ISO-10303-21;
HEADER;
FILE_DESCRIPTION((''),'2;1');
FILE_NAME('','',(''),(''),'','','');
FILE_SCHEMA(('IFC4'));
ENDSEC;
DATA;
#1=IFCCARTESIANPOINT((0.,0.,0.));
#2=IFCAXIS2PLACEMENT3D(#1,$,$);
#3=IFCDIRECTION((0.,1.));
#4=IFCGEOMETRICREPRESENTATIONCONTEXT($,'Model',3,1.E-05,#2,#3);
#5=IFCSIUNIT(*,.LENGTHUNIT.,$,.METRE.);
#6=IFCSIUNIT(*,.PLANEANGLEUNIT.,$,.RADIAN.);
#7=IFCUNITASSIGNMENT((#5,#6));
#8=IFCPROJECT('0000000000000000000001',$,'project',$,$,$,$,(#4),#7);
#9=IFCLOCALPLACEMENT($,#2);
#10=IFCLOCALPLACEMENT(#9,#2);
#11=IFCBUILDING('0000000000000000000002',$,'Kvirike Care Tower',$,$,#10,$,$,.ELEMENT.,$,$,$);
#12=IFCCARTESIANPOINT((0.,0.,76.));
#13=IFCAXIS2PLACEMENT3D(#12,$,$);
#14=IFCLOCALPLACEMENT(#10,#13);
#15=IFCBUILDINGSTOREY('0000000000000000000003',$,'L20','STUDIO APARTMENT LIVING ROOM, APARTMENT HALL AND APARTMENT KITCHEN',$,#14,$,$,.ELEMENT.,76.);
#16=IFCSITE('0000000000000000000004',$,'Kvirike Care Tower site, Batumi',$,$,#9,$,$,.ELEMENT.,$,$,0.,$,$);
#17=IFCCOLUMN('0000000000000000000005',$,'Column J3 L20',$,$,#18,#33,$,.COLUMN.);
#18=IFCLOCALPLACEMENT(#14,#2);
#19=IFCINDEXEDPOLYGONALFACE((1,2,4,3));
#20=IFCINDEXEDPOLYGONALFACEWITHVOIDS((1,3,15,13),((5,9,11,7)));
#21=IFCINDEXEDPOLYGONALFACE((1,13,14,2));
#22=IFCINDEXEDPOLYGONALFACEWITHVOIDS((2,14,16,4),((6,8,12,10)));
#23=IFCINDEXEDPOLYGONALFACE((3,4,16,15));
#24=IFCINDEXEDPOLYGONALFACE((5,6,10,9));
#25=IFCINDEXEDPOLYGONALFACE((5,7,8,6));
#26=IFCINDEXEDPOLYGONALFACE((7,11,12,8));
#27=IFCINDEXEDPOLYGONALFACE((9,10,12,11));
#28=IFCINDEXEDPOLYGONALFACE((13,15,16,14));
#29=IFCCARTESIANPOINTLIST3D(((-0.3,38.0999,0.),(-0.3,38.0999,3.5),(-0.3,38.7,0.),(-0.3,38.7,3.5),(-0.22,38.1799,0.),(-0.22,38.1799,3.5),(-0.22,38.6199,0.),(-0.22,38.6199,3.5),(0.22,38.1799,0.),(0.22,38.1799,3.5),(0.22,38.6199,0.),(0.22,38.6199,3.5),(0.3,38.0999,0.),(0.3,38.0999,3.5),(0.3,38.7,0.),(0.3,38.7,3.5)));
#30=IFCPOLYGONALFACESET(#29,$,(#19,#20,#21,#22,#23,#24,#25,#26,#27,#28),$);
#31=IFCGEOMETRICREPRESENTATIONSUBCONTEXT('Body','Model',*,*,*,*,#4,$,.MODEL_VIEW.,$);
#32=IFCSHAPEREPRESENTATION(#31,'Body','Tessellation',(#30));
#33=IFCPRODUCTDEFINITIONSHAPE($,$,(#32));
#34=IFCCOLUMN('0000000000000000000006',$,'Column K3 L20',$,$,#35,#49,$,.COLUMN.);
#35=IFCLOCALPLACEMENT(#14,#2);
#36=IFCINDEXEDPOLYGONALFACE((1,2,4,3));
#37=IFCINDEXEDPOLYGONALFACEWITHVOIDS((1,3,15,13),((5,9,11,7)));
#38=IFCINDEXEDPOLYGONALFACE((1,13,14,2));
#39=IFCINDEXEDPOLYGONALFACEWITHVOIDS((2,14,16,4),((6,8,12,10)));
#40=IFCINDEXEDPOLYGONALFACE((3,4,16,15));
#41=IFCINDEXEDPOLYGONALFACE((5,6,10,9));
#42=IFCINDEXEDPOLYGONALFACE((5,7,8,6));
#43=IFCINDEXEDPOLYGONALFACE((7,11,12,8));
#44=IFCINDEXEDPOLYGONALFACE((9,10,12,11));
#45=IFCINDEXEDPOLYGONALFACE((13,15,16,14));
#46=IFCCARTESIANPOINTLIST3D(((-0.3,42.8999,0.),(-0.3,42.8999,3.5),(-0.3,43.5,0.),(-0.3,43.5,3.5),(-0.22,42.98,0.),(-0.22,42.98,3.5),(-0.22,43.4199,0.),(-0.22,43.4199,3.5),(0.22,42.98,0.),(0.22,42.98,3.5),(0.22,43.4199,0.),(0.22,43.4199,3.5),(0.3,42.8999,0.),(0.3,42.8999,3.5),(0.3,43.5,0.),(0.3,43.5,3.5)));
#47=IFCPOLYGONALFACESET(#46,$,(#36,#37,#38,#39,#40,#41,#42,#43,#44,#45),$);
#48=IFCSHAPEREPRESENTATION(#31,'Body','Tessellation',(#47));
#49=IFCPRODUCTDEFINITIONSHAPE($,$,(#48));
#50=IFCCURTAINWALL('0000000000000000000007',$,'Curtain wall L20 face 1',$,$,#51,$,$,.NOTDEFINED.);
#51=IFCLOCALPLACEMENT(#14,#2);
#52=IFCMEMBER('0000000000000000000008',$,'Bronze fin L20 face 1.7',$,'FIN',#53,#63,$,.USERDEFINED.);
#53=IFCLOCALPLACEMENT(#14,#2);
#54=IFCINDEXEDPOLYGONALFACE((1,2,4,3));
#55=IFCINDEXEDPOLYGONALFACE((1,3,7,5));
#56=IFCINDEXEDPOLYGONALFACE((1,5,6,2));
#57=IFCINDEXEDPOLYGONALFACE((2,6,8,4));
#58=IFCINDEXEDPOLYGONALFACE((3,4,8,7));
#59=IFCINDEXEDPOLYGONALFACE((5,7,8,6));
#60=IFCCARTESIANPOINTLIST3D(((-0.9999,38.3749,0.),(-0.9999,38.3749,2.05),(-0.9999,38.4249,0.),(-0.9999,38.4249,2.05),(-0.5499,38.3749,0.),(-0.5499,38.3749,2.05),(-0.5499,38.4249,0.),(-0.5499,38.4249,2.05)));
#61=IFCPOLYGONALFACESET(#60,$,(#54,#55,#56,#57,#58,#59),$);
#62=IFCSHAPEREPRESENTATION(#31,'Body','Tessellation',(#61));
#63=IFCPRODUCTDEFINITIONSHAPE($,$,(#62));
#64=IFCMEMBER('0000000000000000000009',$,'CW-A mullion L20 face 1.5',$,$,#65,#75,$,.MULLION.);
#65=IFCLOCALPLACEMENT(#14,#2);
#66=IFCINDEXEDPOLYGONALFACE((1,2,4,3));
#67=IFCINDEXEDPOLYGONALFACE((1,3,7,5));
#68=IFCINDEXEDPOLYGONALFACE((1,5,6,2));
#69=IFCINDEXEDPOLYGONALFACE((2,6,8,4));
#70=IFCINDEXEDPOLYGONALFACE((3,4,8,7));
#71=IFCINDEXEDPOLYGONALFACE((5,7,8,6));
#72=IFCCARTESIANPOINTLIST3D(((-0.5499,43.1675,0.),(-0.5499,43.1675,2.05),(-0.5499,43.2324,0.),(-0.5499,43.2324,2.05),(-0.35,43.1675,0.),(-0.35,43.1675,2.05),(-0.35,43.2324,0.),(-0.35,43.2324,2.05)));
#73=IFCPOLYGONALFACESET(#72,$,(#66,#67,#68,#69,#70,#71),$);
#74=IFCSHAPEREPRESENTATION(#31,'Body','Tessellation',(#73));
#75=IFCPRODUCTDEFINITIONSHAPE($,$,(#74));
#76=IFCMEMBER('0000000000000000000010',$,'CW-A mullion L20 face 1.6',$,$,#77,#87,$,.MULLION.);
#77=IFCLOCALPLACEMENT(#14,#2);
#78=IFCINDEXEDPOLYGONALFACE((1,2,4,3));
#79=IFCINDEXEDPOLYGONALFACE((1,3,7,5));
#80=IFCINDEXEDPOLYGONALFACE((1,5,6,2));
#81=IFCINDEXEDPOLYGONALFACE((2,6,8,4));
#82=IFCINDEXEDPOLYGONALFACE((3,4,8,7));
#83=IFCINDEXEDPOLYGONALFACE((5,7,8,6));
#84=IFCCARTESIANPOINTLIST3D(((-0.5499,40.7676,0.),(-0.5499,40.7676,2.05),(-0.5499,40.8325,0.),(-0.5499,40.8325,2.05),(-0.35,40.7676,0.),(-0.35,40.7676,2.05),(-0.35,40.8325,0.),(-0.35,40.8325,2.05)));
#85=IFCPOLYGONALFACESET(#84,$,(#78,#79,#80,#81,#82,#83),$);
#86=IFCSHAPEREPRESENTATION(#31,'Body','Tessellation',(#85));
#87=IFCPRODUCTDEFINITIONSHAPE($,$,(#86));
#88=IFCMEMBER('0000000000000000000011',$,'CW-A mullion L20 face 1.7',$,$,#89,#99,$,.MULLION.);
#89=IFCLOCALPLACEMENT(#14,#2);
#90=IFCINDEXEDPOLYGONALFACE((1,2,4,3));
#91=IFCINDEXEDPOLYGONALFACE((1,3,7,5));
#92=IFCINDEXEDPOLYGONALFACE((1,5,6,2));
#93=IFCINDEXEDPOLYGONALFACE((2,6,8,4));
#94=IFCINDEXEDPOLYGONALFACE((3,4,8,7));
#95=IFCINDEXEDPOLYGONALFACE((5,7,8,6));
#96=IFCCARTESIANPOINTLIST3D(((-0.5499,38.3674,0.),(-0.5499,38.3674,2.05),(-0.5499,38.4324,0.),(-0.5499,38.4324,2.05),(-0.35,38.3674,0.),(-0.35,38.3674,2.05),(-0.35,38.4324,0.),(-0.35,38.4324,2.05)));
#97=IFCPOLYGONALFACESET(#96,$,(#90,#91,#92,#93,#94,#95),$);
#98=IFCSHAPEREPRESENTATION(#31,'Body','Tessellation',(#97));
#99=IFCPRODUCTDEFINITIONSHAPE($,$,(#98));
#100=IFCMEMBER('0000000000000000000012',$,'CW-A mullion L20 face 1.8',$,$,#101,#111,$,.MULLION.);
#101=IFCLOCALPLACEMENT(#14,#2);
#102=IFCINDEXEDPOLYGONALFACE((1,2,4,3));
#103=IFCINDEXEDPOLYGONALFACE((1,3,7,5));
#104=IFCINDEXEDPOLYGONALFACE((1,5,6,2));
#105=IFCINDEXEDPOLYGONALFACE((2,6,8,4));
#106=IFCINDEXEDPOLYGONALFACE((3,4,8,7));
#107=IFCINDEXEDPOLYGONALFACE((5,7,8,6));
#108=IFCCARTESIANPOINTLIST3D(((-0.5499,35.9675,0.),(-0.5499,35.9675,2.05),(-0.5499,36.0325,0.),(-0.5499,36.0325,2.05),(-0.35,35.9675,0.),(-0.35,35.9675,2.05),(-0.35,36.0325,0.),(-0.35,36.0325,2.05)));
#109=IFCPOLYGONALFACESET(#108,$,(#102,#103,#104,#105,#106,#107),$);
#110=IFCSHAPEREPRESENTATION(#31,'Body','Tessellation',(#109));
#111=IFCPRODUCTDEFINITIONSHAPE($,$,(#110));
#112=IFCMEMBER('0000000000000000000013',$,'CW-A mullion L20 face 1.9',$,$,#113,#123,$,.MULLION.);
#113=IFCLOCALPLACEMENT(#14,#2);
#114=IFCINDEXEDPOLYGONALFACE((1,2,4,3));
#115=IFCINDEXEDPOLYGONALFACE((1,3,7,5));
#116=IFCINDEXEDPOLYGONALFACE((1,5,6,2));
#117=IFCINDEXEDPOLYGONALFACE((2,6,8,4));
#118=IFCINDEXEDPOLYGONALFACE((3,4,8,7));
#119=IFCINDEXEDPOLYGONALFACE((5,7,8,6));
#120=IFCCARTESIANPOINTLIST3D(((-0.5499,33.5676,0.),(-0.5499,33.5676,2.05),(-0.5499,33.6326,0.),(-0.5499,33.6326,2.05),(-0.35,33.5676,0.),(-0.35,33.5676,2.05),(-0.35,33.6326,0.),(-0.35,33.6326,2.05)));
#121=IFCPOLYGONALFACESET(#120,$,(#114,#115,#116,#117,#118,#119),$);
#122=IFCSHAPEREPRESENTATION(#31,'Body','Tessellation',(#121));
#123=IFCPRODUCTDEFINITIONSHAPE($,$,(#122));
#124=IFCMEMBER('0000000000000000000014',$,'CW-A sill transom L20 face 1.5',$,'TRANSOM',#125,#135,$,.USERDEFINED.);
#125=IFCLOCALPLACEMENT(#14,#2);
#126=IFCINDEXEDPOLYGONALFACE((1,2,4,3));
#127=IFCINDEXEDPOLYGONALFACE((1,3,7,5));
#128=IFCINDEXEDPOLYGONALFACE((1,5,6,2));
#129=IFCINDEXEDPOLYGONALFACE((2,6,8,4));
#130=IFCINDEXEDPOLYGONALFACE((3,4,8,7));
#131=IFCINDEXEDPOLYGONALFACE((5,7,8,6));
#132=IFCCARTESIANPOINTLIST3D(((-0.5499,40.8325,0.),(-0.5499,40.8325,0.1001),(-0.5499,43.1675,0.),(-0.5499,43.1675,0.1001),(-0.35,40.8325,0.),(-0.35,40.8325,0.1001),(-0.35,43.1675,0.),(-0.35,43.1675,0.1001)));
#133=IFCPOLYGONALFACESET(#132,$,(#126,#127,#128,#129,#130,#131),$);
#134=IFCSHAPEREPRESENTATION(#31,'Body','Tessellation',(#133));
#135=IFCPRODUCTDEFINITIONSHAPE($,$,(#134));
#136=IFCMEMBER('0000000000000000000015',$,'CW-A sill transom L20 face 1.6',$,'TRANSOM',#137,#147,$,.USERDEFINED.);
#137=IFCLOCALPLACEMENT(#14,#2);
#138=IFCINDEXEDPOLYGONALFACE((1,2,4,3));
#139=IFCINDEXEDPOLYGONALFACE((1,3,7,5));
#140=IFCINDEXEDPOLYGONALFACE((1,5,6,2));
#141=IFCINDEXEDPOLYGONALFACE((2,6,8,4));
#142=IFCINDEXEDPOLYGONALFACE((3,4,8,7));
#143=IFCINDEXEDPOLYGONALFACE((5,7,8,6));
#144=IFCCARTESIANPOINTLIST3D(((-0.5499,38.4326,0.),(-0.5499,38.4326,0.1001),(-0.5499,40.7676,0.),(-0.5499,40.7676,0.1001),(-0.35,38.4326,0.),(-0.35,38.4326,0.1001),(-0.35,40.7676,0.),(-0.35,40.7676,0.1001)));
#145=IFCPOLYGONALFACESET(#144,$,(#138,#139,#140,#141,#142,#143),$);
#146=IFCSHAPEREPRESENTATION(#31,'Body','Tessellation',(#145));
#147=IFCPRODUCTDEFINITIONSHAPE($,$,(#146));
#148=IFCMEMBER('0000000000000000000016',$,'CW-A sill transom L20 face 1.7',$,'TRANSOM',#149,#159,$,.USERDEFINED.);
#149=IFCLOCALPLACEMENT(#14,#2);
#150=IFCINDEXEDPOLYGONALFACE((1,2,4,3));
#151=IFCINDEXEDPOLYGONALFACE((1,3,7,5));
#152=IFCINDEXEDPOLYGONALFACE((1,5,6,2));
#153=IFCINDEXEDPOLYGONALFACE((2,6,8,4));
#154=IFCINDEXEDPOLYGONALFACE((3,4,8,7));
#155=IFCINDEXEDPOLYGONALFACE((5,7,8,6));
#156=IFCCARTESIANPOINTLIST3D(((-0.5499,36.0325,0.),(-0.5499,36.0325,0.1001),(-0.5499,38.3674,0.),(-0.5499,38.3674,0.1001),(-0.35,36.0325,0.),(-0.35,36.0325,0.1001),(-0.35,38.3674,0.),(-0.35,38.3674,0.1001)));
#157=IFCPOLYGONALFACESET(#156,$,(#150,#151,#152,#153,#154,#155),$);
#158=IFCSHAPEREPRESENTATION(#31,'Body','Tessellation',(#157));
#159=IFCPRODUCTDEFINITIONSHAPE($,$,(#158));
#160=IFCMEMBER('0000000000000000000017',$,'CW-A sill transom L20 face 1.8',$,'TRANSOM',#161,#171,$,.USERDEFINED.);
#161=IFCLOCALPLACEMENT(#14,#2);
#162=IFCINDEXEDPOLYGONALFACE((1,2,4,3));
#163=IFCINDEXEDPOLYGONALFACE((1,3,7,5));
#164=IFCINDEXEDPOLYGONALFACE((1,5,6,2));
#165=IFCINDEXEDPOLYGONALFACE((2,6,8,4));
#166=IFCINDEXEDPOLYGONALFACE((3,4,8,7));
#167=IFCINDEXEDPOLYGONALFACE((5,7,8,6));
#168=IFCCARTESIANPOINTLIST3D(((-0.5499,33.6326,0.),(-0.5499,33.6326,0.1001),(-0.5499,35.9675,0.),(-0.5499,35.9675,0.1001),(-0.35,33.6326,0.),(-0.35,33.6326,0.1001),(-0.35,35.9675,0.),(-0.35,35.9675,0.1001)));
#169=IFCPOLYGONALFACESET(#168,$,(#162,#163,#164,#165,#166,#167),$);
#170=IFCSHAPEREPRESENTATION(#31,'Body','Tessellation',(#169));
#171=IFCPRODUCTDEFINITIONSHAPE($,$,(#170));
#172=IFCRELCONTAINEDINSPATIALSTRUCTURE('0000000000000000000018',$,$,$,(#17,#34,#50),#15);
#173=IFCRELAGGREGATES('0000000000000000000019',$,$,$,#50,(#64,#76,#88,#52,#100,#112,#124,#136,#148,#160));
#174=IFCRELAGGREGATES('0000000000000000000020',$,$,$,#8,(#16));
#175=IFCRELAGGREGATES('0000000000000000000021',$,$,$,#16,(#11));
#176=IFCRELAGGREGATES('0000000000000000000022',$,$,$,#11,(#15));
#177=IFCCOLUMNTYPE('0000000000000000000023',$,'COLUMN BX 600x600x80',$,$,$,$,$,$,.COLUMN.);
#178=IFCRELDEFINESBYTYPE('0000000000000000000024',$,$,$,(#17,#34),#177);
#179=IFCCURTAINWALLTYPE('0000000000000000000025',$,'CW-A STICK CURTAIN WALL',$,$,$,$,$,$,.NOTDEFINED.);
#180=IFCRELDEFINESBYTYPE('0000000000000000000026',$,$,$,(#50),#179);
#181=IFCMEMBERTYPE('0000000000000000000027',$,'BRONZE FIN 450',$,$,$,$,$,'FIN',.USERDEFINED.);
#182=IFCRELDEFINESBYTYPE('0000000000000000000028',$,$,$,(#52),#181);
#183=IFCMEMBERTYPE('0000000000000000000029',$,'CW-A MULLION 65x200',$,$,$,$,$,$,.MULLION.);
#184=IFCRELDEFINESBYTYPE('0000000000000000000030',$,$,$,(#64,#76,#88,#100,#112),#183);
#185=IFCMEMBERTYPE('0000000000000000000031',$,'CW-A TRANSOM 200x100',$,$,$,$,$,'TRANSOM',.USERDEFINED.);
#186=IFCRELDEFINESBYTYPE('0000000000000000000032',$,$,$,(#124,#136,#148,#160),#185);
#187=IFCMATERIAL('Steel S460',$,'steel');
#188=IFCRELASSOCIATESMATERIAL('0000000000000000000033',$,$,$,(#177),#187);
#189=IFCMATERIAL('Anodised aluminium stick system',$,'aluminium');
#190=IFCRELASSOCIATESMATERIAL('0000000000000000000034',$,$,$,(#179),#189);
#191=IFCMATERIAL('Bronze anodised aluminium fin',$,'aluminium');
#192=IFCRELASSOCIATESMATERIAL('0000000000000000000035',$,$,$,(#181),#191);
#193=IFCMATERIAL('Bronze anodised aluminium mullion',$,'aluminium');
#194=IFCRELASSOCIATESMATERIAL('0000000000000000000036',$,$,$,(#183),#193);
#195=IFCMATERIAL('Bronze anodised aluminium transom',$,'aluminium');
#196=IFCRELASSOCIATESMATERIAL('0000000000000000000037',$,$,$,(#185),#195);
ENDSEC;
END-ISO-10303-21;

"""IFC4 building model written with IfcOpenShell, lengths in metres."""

from ifc_helpers import new_model, si_unit, direction, frame, origin, origin_2d, place, context, subcontext, project, spatial, rectangle, hollow_rectangle, extrude, material, material_profile, profile_set, type_object, element, aggregate, save


model = new_model("IFC4")

# Units and contexts
model_context = context("Model", 3, precision=1e-05, world=origin(), true_north=direction((0.0, 1.0)))
body_context = subcontext(model_context, "Body", "Model", "MODEL_VIEW")
ifc_project = project(units=[si_unit("LENGTHUNIT", "METRE"), si_unit("PLANEANGLEUNIT", "RADIAN")], contexts=[model_context])

# Site, building, storey
site_placement = place(None, origin())
site = spatial("IfcSite", under=ifc_project, at=site_placement, Name="Kvirike Care Tower site, Batumi", CompositionType="ELEMENT", RefElevation=0.0)
building_placement = place(site_placement, origin())
building = spatial("IfcBuilding", under=site, at=building_placement, Name="Kvirike Care Tower", CompositionType="ELEMENT")
storey_placement = place(building_placement, frame((0.0, 0.0, 76.0)))
storey = spatial("IfcBuildingStorey", under=building, at=storey_placement, Name="L20", Description="STUDIO APARTMENT LIVING ROOM, APARTMENT HALL AND APARTMENT KITCHEN", CompositionType="ELEMENT", Elevation=76.0)

# Columns
ifc_material_1 = material(Name="Steel S460", Category="steel")
ifc_material_profile_1 = material_profile(ifc_material_1, hollow_rectangle(XDim=0.6001, YDim=0.6001, WallThickness=0.0801, at=origin_2d()), Name="BX 600x600x80")
ifc_profile_set_1 = profile_set([ifc_material_profile_1], Name="Steel S460")
column_type = type_object("IfcColumnType", Name="COLUMN BX 600x600x80", PredefinedType="COLUMN", material=ifc_profile_set_1)
for number, where, z_axis, x_axis, name in (
    (1, (0.0, 38.3999, 0.0), (0.0, 0.0, 1.0), (1.0, 0.0, 0.0), "Column J3 L20"),
    (2, (0.0, 43.2, 0.0), (0.0, 0.0, 1.0), (0.0, 1.0, 0.0), "Column K3 L20"),
):
    element("IfcColumn", number, at=place(storey_placement, frame(where, z_axis=z_axis, x_axis=x_axis)), inside=storey, type_object=column_type, Name=name, PredefinedType="COLUMN", context=body_context, shape_type="SweptSolid", body=[
        extrude(hollow_rectangle(XDim=0.6001, YDim=0.6001, WallThickness=0.0801, at=origin_2d()), origin(), (0.0, 0.0, 1.0), 3.5),
    ])

# Curtain wall, members
ifc_material_2 = material(Name="Anodised aluminium stick system", Category="aluminium")
curtain_wall_type = type_object("IfcCurtainWallType", Name="CW-A STICK CURTAIN WALL", PredefinedType="NOTDEFINED", material=ifc_material_2)
curtain_wall_placement = place(storey_placement, origin())
curtain_wall = element("IfcCurtainWall", 3, at=curtain_wall_placement, inside=storey, type_object=curtain_wall_type, Name="Curtain wall L20 face 1", PredefinedType="NOTDEFINED")
ifc_material_3 = material(Name="Bronze anodised aluminium fin", Category="aluminium")
ifc_material_profile_2 = material_profile(ifc_material_3, rectangle(XDim=0.05, YDim=0.45, at=origin_2d()), Name="BRONZE FIN 450")
ifc_profile_set_2 = profile_set([ifc_material_profile_2], Name="Bronze anodised aluminium fin")
member_type_1 = type_object("IfcMemberType", Name="BRONZE FIN 450", ElementType="FIN", PredefinedType="USERDEFINED", material=ifc_profile_set_2)
member_1_placement = place(storey_placement, frame((-0.7749, 38.3999, 0.0), z_axis=(0.0, 0.0, 1.0), x_axis=(0.0, -1.0, 0.0)))
member_1 = element("IfcMember", 4, at=member_1_placement, type_object=member_type_1, Name="Bronze fin L20 face 1.7", ObjectType="FIN", PredefinedType="USERDEFINED", context=body_context, shape_type="SweptSolid", body=[
    extrude(rectangle(XDim=0.05, YDim=0.45, at=origin_2d()), origin(), (0.0, 0.0, 1.0), 2.05),
])
ifc_material_4 = material(Name="Bronze anodised aluminium mullion", Category="aluminium")
ifc_material_profile_3 = material_profile(ifc_material_4, rectangle(XDim=0.0649, YDim=0.2, at=origin_2d()), Name="CW-A MULLION 65x200")
ifc_profile_set_3 = profile_set([ifc_material_profile_3], Name="Bronze anodised aluminium mullion")
member_type_2 = type_object("IfcMemberType", Name="CW-A MULLION 65x200", PredefinedType="MULLION", material=ifc_profile_set_3)
member_2_placement = place(storey_placement, frame((-0.45, 43.2, 0.0), z_axis=(0.0, 0.0, 1.0), x_axis=(0.0, -1.0, 0.0)))
member_2 = element("IfcMember", 5, at=member_2_placement, type_object=member_type_2, Name="CW-A mullion L20 face 1.5", PredefinedType="MULLION", context=body_context, shape_type="SweptSolid", body=[
    extrude(rectangle(XDim=0.0649, YDim=0.2, at=origin_2d()), origin(), (0.0, 0.0, 1.0), 2.05),
])
member_3_placement = place(storey_placement, frame((-0.45, 40.8, 0.0), z_axis=(0.0, 0.0, 1.0), x_axis=(0.0, -1.0, 0.0)))
member_3 = element("IfcMember", 6, at=member_3_placement, type_object=member_type_2, Name="CW-A mullion L20 face 1.6", PredefinedType="MULLION", context=body_context, shape_type="SweptSolid", body=[
    extrude(rectangle(XDim=0.0649, YDim=0.2, at=origin_2d()), origin(), (0.0, 0.0, 1.0), 2.05),
])
member_4_placement = place(storey_placement, frame((-0.45, 38.3999, 0.0), z_axis=(0.0, 0.0, 1.0), x_axis=(0.0, -1.0, 0.0)))
member_4 = element("IfcMember", 7, at=member_4_placement, type_object=member_type_2, Name="CW-A mullion L20 face 1.7", PredefinedType="MULLION", context=body_context, shape_type="SweptSolid", body=[
    extrude(rectangle(XDim=0.0649, YDim=0.2, at=origin_2d()), origin(), (0.0, 0.0, 1.0), 2.05),
])
member_5_placement = place(storey_placement, frame((-0.45, 36.0, 0.0), z_axis=(0.0, 0.0, 1.0), x_axis=(0.0, -1.0, 0.0)))
member_5 = element("IfcMember", 8, at=member_5_placement, type_object=member_type_2, Name="CW-A mullion L20 face 1.8", PredefinedType="MULLION", context=body_context, shape_type="SweptSolid", body=[
    extrude(rectangle(XDim=0.0649, YDim=0.2, at=origin_2d()), origin(), (0.0, 0.0, 1.0), 2.05),
])
member_6_placement = place(storey_placement, frame((-0.45, 33.6001, 0.0), z_axis=(0.0, 0.0, 1.0), x_axis=(0.0, -1.0, 0.0)))
member_6 = element("IfcMember", 9, at=member_6_placement, type_object=member_type_2, Name="CW-A mullion L20 face 1.9", PredefinedType="MULLION", context=body_context, shape_type="SweptSolid", body=[
    extrude(rectangle(XDim=0.0649, YDim=0.2, at=origin_2d()), origin(), (0.0, 0.0, 1.0), 2.05),
])
ifc_material_5 = material(Name="Bronze anodised aluminium transom", Category="aluminium")
ifc_material_profile_4 = material_profile(ifc_material_5, rectangle(XDim=0.2, YDim=0.1001, at=origin_2d()), Name="CW-A TRANSOM 200x100")
ifc_profile_set_4 = profile_set([ifc_material_profile_4], Name="Bronze anodised aluminium transom")
member_type_3 = type_object("IfcMemberType", Name="CW-A TRANSOM 200x100", ElementType="TRANSOM", PredefinedType="USERDEFINED", material=ifc_profile_set_4)
member_7_placement = place(storey_placement, frame((-0.45, 43.1675, 0.05), z_axis=(0.0, -1.0, 0.0), x_axis=(1.0, 0.0, 0.0)))
member_7 = element("IfcMember", 10, at=member_7_placement, type_object=member_type_3, Name="CW-A sill transom L20 face 1.5", ObjectType="TRANSOM", PredefinedType="USERDEFINED", context=body_context, shape_type="SweptSolid", body=[
    extrude(rectangle(XDim=0.2, YDim=0.1001, at=origin_2d()), origin(), (0.0, 0.0, 1.0), 2.335),
])
member_8_placement = place(storey_placement, frame((-0.45, 40.7676, 0.05), z_axis=(0.0, -1.0, 0.0), x_axis=(1.0, 0.0, 0.0)))
member_8 = element("IfcMember", 11, at=member_8_placement, type_object=member_type_3, Name="CW-A sill transom L20 face 1.6", ObjectType="TRANSOM", PredefinedType="USERDEFINED", context=body_context, shape_type="SweptSolid", body=[
    extrude(rectangle(XDim=0.2, YDim=0.1001, at=origin_2d()), origin(), (0.0, 0.0, 1.0), 2.335),
])
member_9_placement = place(storey_placement, frame((-0.45, 38.3674, 0.05), z_axis=(0.0, -1.0, 0.0), x_axis=(1.0, 0.0, 0.0)))
member_9 = element("IfcMember", 12, at=member_9_placement, type_object=member_type_3, Name="CW-A sill transom L20 face 1.7", ObjectType="TRANSOM", PredefinedType="USERDEFINED", context=body_context, shape_type="SweptSolid", body=[
    extrude(rectangle(XDim=0.2, YDim=0.1001, at=origin_2d()), origin(), (0.0, 0.0, 1.0), 2.335),
])
member_10_placement = place(storey_placement, frame((-0.45, 35.9675, 0.05), z_axis=(0.0, -1.0, 0.0), x_axis=(1.0, 0.0, 0.0)))
member_10 = element("IfcMember", 13, at=member_10_placement, type_object=member_type_3, Name="CW-A sill transom L20 face 1.8", ObjectType="TRANSOM", PredefinedType="USERDEFINED", context=body_context, shape_type="SweptSolid", body=[
    extrude(rectangle(XDim=0.2, YDim=0.1001, at=origin_2d()), origin(), (0.0, 0.0, 1.0), 2.335),
])

aggregate(curtain_wall, [member_2, member_3, member_4, member_1, member_5, member_6, member_7, member_8, member_9, member_10])

save(model, "model.ifc")
